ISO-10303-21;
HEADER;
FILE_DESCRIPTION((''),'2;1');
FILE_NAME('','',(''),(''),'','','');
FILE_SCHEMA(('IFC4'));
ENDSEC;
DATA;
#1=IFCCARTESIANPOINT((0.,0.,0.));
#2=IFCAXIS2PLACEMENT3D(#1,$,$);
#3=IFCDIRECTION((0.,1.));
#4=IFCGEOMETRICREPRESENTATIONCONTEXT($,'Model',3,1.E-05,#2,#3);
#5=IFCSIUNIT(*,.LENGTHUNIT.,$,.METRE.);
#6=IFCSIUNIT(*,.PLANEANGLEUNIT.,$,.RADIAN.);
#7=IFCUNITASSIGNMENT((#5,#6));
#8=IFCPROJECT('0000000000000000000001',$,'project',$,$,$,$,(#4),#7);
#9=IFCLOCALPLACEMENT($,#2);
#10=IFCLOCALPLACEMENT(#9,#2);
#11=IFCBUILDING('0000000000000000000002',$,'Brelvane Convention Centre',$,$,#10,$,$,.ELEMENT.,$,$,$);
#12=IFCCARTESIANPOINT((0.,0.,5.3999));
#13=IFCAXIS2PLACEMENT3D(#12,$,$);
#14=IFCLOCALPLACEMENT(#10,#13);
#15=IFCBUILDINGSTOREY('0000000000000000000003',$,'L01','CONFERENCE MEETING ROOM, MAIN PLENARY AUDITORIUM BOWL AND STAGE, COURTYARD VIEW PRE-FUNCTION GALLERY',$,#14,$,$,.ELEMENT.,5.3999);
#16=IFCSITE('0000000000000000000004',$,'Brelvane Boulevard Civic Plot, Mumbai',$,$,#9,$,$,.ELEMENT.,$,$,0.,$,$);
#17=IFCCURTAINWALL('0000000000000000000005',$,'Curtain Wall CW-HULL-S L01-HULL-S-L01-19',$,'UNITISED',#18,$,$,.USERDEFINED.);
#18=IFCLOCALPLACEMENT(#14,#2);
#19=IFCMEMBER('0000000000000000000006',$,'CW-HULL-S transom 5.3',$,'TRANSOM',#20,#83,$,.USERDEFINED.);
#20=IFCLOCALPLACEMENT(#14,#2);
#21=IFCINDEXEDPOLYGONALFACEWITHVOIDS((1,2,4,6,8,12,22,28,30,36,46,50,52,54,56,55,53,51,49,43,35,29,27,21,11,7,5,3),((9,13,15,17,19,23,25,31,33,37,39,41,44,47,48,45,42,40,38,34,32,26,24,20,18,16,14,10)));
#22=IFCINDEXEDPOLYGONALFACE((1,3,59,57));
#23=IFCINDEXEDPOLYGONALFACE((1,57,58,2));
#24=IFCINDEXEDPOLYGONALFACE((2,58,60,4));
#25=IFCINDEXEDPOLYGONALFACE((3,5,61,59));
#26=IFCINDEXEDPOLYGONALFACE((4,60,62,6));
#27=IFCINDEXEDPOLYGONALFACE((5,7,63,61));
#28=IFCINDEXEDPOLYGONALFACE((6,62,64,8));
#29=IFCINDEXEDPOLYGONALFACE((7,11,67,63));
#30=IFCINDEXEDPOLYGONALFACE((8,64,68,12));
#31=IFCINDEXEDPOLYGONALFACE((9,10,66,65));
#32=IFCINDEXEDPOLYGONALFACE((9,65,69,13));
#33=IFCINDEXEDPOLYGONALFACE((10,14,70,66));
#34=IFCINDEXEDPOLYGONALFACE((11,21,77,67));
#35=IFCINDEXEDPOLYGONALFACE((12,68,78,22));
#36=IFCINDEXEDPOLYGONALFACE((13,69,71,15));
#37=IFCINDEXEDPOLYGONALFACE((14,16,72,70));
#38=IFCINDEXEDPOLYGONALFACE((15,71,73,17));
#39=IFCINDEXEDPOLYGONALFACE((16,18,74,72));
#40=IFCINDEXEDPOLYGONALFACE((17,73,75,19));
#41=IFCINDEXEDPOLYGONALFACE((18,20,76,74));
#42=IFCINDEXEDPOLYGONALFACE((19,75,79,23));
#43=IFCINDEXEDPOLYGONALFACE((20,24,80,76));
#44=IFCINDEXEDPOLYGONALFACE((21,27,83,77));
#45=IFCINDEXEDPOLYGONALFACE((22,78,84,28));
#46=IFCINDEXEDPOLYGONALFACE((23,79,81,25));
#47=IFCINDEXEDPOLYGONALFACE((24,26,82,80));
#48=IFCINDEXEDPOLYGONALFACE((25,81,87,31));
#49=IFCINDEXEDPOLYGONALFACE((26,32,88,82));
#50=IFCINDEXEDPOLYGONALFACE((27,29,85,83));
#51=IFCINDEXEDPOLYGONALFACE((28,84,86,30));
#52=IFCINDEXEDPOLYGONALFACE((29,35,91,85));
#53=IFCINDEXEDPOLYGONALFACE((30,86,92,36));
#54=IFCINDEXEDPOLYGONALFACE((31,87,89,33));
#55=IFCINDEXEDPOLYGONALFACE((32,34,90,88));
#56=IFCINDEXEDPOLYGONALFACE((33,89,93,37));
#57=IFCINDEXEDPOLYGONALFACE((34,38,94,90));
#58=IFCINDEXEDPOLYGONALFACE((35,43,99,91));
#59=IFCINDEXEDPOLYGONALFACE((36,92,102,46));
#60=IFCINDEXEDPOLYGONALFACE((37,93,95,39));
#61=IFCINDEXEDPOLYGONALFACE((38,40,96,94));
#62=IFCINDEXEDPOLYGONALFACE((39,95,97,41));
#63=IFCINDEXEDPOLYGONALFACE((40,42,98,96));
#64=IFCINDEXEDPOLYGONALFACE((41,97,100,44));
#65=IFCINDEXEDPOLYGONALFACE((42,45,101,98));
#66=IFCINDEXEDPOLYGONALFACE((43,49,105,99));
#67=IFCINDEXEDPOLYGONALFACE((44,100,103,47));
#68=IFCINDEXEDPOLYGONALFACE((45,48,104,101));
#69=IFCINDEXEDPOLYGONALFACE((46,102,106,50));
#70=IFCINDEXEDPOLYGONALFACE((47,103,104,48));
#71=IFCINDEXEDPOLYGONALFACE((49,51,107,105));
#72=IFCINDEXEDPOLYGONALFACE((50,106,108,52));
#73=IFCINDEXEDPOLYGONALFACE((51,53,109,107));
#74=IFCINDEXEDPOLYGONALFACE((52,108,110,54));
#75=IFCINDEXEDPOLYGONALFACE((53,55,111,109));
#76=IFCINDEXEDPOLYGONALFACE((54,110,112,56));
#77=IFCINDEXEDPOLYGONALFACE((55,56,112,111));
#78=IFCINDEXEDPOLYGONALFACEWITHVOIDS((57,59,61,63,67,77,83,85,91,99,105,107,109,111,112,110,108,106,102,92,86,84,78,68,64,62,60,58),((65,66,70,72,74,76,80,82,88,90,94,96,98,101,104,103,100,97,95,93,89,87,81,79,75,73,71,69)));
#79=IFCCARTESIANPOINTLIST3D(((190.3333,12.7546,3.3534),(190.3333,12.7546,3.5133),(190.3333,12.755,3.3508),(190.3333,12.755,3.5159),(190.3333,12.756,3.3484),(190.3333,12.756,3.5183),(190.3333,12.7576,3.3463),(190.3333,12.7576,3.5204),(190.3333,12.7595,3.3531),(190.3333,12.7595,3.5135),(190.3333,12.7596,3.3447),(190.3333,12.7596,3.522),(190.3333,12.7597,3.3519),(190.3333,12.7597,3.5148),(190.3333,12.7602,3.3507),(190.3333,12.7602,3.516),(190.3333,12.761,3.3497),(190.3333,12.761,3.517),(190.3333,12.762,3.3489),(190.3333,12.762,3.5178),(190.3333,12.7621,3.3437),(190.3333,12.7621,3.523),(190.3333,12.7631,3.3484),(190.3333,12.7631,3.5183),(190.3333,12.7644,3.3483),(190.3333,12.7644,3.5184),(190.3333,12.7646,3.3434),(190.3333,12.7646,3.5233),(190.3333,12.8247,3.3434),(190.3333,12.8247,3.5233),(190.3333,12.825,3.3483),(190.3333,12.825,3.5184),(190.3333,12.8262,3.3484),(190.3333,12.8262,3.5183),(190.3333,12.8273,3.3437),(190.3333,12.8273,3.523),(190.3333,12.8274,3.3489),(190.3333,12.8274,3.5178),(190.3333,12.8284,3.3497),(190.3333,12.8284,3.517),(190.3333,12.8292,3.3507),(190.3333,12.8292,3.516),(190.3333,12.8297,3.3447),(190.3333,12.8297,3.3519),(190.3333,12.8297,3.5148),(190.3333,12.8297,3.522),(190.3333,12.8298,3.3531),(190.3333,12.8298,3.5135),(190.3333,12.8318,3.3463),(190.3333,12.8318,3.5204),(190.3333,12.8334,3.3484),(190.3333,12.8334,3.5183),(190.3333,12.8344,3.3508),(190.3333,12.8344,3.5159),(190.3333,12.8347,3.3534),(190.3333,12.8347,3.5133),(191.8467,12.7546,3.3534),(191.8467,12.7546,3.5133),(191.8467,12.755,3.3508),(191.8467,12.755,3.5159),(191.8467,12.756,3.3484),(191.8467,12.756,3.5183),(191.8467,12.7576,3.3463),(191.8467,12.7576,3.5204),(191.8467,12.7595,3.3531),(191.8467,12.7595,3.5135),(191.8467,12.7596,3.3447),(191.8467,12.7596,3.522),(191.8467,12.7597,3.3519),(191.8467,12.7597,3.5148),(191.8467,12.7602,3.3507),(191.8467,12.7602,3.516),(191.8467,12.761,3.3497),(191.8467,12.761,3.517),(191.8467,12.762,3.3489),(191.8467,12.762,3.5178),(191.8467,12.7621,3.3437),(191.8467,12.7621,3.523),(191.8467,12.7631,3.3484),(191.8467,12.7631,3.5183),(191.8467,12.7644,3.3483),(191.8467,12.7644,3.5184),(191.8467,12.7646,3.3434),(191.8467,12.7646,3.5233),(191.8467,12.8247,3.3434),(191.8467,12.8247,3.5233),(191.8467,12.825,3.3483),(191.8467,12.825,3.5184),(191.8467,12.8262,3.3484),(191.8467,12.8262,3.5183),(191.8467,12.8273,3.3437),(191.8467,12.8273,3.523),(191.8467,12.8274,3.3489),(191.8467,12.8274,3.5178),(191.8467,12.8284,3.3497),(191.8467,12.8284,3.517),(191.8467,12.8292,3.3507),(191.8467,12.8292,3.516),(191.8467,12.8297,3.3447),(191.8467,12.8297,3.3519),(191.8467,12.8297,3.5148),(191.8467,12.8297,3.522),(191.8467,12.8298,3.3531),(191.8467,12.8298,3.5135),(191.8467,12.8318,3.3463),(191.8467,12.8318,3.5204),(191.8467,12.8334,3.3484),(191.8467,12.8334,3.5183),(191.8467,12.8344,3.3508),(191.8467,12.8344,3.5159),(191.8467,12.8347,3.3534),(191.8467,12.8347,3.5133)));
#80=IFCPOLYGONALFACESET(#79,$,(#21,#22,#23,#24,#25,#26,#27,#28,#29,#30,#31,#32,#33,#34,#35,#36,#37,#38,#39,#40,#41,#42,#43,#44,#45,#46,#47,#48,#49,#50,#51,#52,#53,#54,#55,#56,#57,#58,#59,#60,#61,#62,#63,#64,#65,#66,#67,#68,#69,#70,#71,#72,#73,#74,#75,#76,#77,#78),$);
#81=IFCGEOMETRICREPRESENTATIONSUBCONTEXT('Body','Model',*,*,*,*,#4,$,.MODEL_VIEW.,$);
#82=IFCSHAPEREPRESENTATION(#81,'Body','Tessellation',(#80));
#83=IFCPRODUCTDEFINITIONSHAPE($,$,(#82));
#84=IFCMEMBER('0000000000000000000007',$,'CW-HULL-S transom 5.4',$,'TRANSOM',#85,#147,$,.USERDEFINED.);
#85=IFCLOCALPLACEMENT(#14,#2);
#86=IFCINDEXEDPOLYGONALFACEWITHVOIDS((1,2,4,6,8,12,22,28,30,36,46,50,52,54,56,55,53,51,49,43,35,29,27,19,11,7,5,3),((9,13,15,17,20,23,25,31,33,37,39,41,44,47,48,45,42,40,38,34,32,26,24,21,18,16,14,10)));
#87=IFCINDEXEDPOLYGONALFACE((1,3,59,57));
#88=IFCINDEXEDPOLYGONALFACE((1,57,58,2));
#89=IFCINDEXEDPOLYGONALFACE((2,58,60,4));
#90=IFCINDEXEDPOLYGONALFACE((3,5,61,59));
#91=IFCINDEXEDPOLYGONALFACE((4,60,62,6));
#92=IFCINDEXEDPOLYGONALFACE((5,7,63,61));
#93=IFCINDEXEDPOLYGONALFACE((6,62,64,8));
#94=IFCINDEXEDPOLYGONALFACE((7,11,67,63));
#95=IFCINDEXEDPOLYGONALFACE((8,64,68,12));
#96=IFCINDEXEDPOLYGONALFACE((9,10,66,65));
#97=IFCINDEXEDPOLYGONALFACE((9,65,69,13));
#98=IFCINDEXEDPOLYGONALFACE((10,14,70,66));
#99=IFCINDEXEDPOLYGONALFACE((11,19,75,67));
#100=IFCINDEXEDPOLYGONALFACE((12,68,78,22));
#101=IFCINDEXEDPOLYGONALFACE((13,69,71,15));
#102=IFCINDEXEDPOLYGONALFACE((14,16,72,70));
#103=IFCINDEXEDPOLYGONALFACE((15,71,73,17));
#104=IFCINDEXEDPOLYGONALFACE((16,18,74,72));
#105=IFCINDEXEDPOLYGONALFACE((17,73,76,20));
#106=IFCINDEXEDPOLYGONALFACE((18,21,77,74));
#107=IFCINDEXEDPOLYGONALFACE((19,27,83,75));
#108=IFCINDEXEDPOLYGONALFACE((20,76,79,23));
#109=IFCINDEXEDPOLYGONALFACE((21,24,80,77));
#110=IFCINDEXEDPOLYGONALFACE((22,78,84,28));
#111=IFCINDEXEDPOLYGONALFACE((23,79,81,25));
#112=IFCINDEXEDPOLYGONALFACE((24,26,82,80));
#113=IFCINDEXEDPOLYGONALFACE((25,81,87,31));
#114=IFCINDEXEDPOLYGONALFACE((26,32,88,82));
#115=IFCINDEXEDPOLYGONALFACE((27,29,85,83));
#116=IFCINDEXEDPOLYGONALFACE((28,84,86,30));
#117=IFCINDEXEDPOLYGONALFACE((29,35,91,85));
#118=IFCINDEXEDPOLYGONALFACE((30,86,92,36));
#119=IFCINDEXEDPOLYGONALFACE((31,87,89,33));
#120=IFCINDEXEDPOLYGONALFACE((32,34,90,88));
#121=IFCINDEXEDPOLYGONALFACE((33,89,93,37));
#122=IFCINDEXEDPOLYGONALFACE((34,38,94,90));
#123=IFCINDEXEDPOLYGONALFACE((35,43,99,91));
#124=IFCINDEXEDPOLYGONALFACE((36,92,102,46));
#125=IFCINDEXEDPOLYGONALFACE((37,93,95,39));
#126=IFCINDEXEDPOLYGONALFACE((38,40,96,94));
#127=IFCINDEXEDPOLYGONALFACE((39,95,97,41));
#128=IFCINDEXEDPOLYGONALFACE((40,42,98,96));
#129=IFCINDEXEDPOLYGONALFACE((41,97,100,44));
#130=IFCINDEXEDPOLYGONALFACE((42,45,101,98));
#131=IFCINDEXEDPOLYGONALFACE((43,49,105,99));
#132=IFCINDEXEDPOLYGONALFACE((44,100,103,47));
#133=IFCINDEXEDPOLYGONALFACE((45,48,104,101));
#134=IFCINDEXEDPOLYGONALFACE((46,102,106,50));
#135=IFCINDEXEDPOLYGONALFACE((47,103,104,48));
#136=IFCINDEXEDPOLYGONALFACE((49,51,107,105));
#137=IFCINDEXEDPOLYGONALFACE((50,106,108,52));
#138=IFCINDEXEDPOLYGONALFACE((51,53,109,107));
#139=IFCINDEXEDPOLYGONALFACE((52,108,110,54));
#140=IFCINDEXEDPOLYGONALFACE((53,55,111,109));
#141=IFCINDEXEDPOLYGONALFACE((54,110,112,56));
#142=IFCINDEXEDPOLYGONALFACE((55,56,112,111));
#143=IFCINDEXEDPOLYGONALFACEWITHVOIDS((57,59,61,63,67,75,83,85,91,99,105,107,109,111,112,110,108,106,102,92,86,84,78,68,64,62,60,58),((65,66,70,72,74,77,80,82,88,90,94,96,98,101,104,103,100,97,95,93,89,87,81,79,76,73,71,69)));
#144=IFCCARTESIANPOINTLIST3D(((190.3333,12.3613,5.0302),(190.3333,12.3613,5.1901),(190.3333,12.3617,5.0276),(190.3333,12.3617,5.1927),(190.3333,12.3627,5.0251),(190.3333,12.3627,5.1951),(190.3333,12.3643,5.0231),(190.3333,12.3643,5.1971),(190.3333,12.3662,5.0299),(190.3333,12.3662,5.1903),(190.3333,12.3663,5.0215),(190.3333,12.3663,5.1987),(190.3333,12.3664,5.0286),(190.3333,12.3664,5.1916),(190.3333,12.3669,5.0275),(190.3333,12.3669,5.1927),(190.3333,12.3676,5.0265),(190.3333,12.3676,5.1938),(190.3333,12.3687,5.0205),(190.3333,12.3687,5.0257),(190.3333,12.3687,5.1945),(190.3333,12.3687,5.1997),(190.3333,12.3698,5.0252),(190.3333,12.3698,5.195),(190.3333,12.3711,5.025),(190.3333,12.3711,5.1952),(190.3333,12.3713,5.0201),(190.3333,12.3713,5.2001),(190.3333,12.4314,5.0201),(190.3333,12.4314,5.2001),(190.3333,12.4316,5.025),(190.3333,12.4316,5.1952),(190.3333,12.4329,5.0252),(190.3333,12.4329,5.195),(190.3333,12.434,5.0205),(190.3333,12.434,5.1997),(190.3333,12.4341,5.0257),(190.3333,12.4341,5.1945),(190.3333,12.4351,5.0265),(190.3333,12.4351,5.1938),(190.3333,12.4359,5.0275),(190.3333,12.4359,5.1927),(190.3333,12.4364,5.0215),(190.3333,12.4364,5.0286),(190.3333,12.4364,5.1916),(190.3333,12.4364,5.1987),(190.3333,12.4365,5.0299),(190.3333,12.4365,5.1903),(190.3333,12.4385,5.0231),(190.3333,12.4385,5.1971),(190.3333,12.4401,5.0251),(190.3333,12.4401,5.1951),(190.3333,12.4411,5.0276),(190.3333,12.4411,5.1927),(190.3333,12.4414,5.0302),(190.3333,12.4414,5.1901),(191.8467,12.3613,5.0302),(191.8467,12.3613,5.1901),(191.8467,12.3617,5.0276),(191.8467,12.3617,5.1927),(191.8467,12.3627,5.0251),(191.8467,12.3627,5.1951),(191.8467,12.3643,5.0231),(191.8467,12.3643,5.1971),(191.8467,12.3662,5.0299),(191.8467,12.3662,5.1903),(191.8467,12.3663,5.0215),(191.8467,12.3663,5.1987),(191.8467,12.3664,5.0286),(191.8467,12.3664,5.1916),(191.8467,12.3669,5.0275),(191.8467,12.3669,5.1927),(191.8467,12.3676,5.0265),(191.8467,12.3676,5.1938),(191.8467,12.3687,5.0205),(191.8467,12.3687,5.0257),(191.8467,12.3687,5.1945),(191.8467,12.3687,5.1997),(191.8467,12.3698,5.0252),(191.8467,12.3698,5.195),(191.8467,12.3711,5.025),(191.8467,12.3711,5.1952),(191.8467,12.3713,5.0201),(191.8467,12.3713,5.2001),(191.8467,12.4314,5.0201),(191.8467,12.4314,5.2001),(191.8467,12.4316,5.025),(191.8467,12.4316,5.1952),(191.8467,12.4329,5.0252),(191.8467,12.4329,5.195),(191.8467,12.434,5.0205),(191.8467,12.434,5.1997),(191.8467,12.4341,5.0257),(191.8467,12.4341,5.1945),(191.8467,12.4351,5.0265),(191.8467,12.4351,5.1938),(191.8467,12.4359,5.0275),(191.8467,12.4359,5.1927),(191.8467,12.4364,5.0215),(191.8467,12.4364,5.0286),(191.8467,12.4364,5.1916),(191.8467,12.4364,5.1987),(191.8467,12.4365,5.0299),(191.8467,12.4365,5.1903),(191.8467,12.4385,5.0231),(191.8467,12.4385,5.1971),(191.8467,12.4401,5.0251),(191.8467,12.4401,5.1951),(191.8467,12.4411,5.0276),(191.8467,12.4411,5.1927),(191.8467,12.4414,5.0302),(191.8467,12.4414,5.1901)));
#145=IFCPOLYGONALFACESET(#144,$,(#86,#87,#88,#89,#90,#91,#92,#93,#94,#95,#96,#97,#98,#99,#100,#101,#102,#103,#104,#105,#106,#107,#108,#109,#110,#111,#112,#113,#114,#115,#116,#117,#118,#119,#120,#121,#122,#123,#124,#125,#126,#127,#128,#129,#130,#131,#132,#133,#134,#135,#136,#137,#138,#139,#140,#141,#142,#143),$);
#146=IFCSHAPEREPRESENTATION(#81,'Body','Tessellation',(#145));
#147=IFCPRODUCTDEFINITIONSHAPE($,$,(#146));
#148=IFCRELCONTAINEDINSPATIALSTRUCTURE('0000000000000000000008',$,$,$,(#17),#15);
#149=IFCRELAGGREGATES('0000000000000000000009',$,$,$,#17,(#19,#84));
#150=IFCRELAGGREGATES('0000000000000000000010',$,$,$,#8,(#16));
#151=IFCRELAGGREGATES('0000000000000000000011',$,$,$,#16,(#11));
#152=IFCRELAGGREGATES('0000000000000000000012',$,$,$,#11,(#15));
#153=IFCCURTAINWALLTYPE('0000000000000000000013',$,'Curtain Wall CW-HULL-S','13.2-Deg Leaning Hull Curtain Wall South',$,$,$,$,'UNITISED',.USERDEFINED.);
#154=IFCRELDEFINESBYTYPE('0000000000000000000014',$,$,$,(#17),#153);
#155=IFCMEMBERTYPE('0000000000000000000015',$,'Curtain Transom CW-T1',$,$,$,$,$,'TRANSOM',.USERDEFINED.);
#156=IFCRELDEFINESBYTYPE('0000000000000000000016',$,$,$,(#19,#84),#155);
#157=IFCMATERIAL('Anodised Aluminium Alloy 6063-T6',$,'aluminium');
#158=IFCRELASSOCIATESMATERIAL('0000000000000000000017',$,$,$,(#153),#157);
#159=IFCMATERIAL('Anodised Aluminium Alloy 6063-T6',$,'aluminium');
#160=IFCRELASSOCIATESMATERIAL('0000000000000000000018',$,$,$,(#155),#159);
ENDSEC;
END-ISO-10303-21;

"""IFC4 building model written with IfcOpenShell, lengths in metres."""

from ifc_helpers import new_model, si_unit, direction, frame, origin, origin_2d, place, context, subcontext, project, spatial, hollow_rectangle, extrude, material, material_profile, profile_set, type_object, element, aggregate, save


model = new_model("IFC4")

# Units and contexts
model_context = context("Model", 3, precision=1e-05, world=origin(), true_north=direction((0.0, 1.0)))
body_context = subcontext(model_context, "Body", "Model", "MODEL_VIEW")
ifc_project = project(units=[si_unit("LENGTHUNIT", "METRE"), si_unit("PLANEANGLEUNIT", "RADIAN")], contexts=[model_context])

# Site, building, storey
site_placement = place(None, origin())
site = spatial("IfcSite", under=ifc_project, at=site_placement, Name="Brelvane Boulevard Civic Plot, Mumbai", CompositionType="ELEMENT", RefElevation=0.0)
building_placement = place(site_placement, origin())
building = spatial("IfcBuilding", under=site, at=building_placement, Name="Brelvane Convention Centre", CompositionType="ELEMENT")
storey_placement = place(building_placement, frame((0.0, 0.0, 5.3999)))
storey = spatial("IfcBuildingStorey", under=building, at=storey_placement, Name="L01", Description="CONFERENCE MEETING ROOM, MAIN PLENARY AUDITORIUM BOWL AND STAGE, COURTYARD VIEW PRE-FUNCTION GALLERY", CompositionType="ELEMENT", Elevation=5.3999)

# Curtain wall, members
ifc_material_1 = material(Name="Anodised Aluminium Alloy 6063-T6", Category="aluminium")
curtain_wall_type = type_object("IfcCurtainWallType", Name="Curtain Wall CW-HULL-S", Description="13.2-Deg Leaning Hull Curtain Wall South", ElementType="UNITISED", PredefinedType="USERDEFINED", material=ifc_material_1)
curtain_wall_1_placement = place(storey_placement, origin())
curtain_wall_1 = element("IfcCurtainWall", 1, at=curtain_wall_1_placement, inside=storey, type_object=curtain_wall_type, Name="Curtain Wall CW-HULL-S L01-HULL-S-L01-19", ObjectType="UNITISED", PredefinedType="USERDEFINED")
ifc_material_2 = material(Name="Anodised Aluminium Alloy 6063-T6", Category="aluminium")
ifc_material_profile = material_profile(ifc_material_2, hollow_rectangle(XDim=0.0801, YDim=0.1799, WallThickness=0.0049, InnerFilletRadius=0.0049, OuterFilletRadius=0.01, at=origin_2d()), Name="ALU-T 180x80x5.0")
ifc_profile_set = profile_set([ifc_material_profile], Name="Anodised Aluminium Alloy 6063-T6")
member_type = type_object("IfcMemberType", Name="Curtain Transom CW-T1", ElementType="TRANSOM", PredefinedType="USERDEFINED", material=ifc_profile_set)
member_1_placement = place(storey_placement, frame((190.3333, 12.7947, 3.4333), z_axis=(1.0, 0.0, 0.0), x_axis=(0.0, 1.0, 0.0)))
member_1 = element("IfcMember", 2, at=member_1_placement, type_object=member_type, Name="CW-HULL-S transom 5.3", ObjectType="TRANSOM", PredefinedType="USERDEFINED", context=body_context, shape_type="SweptSolid", body=[
    extrude(hollow_rectangle(XDim=0.0801, YDim=0.1799, WallThickness=0.0049, InnerFilletRadius=0.0049, OuterFilletRadius=0.01, at=origin_2d()), origin(), (0.0, 0.0, 1.0), 1.5134),
])
member_2_placement = place(storey_placement, frame((190.3333, 12.4014, 5.1101), z_axis=(1.0, 0.0, 0.0), x_axis=(0.0, 1.0, 0.0)))
member_2 = element("IfcMember", 3, at=member_2_placement, type_object=member_type, Name="CW-HULL-S transom 5.4", ObjectType="TRANSOM", PredefinedType="USERDEFINED", context=body_context, shape_type="SweptSolid", body=[
    extrude(hollow_rectangle(XDim=0.0801, YDim=0.1799, WallThickness=0.0049, InnerFilletRadius=0.0049, OuterFilletRadius=0.01, at=origin_2d()), origin(), (0.0, 0.0, 1.0), 1.5134),
])

aggregate(curtain_wall_1, [member_1, member_2])

save(model, "model.ifc")
